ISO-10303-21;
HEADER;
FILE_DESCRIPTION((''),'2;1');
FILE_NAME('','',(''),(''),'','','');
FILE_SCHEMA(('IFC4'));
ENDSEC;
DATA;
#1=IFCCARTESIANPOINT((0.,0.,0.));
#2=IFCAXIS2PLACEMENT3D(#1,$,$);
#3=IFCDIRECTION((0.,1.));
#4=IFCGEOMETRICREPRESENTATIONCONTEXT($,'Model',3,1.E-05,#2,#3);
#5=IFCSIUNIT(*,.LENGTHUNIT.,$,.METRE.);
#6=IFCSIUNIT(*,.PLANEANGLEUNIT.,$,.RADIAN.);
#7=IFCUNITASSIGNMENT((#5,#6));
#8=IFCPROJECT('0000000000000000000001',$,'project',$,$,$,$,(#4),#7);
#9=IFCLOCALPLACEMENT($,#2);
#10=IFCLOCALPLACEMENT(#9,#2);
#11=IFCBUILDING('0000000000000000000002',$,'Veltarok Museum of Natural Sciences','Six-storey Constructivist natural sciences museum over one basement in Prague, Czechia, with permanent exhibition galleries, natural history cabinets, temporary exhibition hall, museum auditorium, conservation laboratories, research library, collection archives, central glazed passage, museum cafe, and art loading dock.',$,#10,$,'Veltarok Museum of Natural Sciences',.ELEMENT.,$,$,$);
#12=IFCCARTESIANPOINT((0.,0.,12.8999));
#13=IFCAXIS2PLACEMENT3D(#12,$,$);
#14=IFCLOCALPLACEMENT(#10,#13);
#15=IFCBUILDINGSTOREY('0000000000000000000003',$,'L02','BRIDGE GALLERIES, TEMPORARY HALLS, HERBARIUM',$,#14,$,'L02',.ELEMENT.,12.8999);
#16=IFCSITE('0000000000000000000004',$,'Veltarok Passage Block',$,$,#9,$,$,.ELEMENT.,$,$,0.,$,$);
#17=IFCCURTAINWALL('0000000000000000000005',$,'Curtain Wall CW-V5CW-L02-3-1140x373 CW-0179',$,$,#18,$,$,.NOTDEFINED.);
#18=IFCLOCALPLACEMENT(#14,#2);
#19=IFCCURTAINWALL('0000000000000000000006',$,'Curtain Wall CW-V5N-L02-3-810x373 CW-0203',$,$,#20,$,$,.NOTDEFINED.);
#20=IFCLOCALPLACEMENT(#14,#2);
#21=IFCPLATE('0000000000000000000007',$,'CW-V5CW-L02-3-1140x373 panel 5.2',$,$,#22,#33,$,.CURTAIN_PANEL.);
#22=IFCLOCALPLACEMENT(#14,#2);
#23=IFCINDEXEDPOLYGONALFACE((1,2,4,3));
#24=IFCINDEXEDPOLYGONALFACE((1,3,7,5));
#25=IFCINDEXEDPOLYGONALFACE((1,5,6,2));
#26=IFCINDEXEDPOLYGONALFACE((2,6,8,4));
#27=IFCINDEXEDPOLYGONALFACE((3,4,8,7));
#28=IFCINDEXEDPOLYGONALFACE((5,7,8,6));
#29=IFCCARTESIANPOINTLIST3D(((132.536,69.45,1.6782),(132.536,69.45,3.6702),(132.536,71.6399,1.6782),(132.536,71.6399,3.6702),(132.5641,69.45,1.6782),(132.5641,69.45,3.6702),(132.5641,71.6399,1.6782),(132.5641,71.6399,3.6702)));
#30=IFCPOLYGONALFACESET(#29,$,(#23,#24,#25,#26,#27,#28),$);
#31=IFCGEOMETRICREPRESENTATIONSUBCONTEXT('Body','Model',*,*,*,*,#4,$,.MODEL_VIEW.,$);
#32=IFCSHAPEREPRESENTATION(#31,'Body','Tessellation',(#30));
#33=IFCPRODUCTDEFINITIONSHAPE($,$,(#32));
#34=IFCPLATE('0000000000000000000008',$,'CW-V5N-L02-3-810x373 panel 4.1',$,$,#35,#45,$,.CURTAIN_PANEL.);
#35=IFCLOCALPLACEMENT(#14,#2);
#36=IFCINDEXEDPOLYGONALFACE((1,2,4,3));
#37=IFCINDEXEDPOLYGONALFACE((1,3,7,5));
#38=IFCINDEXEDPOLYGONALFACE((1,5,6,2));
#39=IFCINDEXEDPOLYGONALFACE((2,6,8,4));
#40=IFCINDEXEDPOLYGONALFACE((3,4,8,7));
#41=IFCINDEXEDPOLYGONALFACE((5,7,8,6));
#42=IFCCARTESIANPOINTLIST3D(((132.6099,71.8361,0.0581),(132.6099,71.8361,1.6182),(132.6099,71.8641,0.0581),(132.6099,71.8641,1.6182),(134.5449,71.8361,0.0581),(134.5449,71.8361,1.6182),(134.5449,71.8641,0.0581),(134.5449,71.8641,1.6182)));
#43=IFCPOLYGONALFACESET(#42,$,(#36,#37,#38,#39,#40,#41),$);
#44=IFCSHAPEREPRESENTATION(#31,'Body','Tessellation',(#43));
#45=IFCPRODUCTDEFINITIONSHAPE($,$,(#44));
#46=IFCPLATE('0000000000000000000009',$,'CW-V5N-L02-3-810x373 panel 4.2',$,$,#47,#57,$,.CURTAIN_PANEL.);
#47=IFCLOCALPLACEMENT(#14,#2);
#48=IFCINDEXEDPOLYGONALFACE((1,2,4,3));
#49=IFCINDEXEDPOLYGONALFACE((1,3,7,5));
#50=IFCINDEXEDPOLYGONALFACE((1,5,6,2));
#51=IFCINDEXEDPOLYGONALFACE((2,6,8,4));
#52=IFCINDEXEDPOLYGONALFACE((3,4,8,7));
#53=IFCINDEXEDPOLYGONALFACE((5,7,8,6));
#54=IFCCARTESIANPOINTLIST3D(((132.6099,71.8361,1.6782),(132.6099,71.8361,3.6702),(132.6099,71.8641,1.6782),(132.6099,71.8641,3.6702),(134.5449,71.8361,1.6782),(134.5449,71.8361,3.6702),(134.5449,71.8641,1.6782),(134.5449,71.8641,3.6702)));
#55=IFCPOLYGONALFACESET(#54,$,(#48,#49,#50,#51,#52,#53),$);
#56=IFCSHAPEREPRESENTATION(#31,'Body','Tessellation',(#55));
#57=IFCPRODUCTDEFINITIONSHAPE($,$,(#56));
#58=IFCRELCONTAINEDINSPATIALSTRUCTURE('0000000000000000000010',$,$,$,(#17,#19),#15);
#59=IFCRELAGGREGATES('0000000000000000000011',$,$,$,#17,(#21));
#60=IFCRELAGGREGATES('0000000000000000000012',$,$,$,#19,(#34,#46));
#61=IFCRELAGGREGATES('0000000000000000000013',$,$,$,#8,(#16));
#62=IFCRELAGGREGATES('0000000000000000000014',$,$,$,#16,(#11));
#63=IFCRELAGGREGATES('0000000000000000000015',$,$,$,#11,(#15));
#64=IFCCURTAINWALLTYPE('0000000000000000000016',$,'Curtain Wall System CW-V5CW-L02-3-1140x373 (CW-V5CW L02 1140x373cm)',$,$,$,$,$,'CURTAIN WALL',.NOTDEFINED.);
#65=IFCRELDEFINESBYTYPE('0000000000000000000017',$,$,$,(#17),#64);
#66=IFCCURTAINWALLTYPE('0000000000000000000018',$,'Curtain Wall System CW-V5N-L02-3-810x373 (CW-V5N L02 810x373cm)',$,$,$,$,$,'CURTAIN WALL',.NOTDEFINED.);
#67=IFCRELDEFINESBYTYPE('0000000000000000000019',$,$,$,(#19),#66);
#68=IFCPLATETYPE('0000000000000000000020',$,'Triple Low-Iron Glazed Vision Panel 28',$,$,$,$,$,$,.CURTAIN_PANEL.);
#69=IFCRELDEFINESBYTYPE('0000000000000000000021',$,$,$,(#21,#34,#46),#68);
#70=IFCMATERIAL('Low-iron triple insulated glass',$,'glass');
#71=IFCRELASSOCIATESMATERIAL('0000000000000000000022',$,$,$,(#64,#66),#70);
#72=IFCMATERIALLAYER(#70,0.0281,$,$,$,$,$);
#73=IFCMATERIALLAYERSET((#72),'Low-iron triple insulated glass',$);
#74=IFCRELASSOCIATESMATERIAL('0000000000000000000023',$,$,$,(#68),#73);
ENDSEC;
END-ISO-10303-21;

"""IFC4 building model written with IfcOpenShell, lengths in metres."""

from ifc_helpers import new_model, si_unit, direction, frame, origin, origin_2d, place, context, subcontext, project, spatial, rectangle, extrude, material, layer, layer_set, type_object, element, aggregate, save


model = new_model("IFC4")

# Units and contexts
model_context = context("Model", 3, precision=1e-05, world=origin(), true_north=direction((0.0, 1.0)))
body_context = subcontext(model_context, "Body", "Model", "MODEL_VIEW")
ifc_project = project(units=[si_unit("LENGTHUNIT", "METRE"), si_unit("PLANEANGLEUNIT", "RADIAN")], contexts=[model_context])

# Site, building, storey
site_placement = place(None, origin())
site = spatial("IfcSite", under=ifc_project, at=site_placement, Name="Veltarok Passage Block", CompositionType="ELEMENT", RefElevation=0.0)
building_placement = place(site_placement, origin())
building = spatial("IfcBuilding", under=site, at=building_placement, Name="Veltarok Museum of Natural Sciences", Description="Six-storey Constructivist natural sciences museum over one basement in Prague, Czechia, with permanent exhibition galleries, natural history cabinets, temporary exhibition hall, museum auditorium, conservation laboratories, research library, collection archives, central glazed passage, museum cafe, and art loading dock.", LongName="Veltarok Museum of Natural Sciences", CompositionType="ELEMENT")
storey_placement = place(building_placement, frame((0.0, 0.0, 12.8999)))
storey = spatial("IfcBuildingStorey", under=building, at=storey_placement, Name="L02", Description="BRIDGE GALLERIES, TEMPORARY HALLS, HERBARIUM", LongName="L02", CompositionType="ELEMENT", Elevation=12.8999)

# Curtain walls
ifc_material_1 = material(Name="Low-iron triple insulated glass", Category="glass")
curtain_wall_type_1 = type_object("IfcCurtainWallType", Name="Curtain Wall System CW-V5CW-L02-3-1140x373 (CW-V5CW L02 1140x373cm)", ElementType="CURTAIN WALL", PredefinedType="NOTDEFINED", material=ifc_material_1)
curtain_wall_1_placement = place(storey_placement, origin())
curtain_wall_1 = element("IfcCurtainWall", 1, at=curtain_wall_1_placement, inside=storey, type_object=curtain_wall_type_1, Name="Curtain Wall CW-V5CW-L02-3-1140x373 CW-0179", PredefinedType="NOTDEFINED")
curtain_wall_type_2 = type_object("IfcCurtainWallType", Name="Curtain Wall System CW-V5N-L02-3-810x373 (CW-V5N L02 810x373cm)", ElementType="CURTAIN WALL", PredefinedType="NOTDEFINED", material=ifc_material_1)
curtain_wall_2_placement = place(storey_placement, origin())
curtain_wall_2 = element("IfcCurtainWall", 2, at=curtain_wall_2_placement, inside=storey, type_object=curtain_wall_type_2, Name="Curtain Wall CW-V5N-L02-3-810x373 CW-0203", PredefinedType="NOTDEFINED")

# Plates
ifc_layer = layer(ifc_material_1, 0.0281)
ifc_layer_set = layer_set([ifc_layer], Name="Low-iron triple insulated glass")
plate_type = type_object("IfcPlateType", Name="Triple Low-Iron Glazed Vision Panel 28", PredefinedType="CURTAIN_PANEL", material=ifc_layer_set)
plate_1_placement = place(storey_placement, frame((132.55, 70.5449, 1.6782), z_axis=(0.0, 0.0, 1.0), x_axis=(0.0, 1.0, 0.0)))
plate_1 = element("IfcPlate", 3, at=plate_1_placement, type_object=plate_type, Name="CW-V5CW-L02-3-1140x373 panel 5.2", PredefinedType="CURTAIN_PANEL", context=body_context, shape_type="SweptSolid", body=[
    extrude(rectangle(XDim=2.1899, YDim=0.0281, at=origin_2d()), origin(), (0.0, 0.0, 1.0), 1.9919),
])
aggregate(curtain_wall_1, [plate_1])
plate_2_placement = place(storey_placement, frame((133.5774, 71.8501, 0.0581), z_axis=(0.0, 0.0, 1.0), x_axis=(-1.0, 0.0, 0.0)))
plate_2 = element("IfcPlate", 4, at=plate_2_placement, type_object=plate_type, Name="CW-V5N-L02-3-810x373 panel 4.1", PredefinedType="CURTAIN_PANEL", context=body_context, shape_type="SweptSolid", body=[
    extrude(rectangle(XDim=1.9351, YDim=0.0281, at=origin_2d()), origin(), (0.0, 0.0, 1.0), 1.5601),
])
plate_3_placement = place(storey_placement, frame((133.5774, 71.8501, 1.6782), z_axis=(0.0, 0.0, 1.0), x_axis=(-1.0, 0.0, 0.0)))
plate_3 = element("IfcPlate", 5, at=plate_3_placement, type_object=plate_type, Name="CW-V5N-L02-3-810x373 panel 4.2", PredefinedType="CURTAIN_PANEL", context=body_context, shape_type="SweptSolid", body=[
    extrude(rectangle(XDim=1.9351, YDim=0.0281, at=origin_2d()), origin(), (0.0, 0.0, 1.0), 1.9919),
])
aggregate(curtain_wall_2, [plate_2, plate_3])

save(model, "model.ifc")
